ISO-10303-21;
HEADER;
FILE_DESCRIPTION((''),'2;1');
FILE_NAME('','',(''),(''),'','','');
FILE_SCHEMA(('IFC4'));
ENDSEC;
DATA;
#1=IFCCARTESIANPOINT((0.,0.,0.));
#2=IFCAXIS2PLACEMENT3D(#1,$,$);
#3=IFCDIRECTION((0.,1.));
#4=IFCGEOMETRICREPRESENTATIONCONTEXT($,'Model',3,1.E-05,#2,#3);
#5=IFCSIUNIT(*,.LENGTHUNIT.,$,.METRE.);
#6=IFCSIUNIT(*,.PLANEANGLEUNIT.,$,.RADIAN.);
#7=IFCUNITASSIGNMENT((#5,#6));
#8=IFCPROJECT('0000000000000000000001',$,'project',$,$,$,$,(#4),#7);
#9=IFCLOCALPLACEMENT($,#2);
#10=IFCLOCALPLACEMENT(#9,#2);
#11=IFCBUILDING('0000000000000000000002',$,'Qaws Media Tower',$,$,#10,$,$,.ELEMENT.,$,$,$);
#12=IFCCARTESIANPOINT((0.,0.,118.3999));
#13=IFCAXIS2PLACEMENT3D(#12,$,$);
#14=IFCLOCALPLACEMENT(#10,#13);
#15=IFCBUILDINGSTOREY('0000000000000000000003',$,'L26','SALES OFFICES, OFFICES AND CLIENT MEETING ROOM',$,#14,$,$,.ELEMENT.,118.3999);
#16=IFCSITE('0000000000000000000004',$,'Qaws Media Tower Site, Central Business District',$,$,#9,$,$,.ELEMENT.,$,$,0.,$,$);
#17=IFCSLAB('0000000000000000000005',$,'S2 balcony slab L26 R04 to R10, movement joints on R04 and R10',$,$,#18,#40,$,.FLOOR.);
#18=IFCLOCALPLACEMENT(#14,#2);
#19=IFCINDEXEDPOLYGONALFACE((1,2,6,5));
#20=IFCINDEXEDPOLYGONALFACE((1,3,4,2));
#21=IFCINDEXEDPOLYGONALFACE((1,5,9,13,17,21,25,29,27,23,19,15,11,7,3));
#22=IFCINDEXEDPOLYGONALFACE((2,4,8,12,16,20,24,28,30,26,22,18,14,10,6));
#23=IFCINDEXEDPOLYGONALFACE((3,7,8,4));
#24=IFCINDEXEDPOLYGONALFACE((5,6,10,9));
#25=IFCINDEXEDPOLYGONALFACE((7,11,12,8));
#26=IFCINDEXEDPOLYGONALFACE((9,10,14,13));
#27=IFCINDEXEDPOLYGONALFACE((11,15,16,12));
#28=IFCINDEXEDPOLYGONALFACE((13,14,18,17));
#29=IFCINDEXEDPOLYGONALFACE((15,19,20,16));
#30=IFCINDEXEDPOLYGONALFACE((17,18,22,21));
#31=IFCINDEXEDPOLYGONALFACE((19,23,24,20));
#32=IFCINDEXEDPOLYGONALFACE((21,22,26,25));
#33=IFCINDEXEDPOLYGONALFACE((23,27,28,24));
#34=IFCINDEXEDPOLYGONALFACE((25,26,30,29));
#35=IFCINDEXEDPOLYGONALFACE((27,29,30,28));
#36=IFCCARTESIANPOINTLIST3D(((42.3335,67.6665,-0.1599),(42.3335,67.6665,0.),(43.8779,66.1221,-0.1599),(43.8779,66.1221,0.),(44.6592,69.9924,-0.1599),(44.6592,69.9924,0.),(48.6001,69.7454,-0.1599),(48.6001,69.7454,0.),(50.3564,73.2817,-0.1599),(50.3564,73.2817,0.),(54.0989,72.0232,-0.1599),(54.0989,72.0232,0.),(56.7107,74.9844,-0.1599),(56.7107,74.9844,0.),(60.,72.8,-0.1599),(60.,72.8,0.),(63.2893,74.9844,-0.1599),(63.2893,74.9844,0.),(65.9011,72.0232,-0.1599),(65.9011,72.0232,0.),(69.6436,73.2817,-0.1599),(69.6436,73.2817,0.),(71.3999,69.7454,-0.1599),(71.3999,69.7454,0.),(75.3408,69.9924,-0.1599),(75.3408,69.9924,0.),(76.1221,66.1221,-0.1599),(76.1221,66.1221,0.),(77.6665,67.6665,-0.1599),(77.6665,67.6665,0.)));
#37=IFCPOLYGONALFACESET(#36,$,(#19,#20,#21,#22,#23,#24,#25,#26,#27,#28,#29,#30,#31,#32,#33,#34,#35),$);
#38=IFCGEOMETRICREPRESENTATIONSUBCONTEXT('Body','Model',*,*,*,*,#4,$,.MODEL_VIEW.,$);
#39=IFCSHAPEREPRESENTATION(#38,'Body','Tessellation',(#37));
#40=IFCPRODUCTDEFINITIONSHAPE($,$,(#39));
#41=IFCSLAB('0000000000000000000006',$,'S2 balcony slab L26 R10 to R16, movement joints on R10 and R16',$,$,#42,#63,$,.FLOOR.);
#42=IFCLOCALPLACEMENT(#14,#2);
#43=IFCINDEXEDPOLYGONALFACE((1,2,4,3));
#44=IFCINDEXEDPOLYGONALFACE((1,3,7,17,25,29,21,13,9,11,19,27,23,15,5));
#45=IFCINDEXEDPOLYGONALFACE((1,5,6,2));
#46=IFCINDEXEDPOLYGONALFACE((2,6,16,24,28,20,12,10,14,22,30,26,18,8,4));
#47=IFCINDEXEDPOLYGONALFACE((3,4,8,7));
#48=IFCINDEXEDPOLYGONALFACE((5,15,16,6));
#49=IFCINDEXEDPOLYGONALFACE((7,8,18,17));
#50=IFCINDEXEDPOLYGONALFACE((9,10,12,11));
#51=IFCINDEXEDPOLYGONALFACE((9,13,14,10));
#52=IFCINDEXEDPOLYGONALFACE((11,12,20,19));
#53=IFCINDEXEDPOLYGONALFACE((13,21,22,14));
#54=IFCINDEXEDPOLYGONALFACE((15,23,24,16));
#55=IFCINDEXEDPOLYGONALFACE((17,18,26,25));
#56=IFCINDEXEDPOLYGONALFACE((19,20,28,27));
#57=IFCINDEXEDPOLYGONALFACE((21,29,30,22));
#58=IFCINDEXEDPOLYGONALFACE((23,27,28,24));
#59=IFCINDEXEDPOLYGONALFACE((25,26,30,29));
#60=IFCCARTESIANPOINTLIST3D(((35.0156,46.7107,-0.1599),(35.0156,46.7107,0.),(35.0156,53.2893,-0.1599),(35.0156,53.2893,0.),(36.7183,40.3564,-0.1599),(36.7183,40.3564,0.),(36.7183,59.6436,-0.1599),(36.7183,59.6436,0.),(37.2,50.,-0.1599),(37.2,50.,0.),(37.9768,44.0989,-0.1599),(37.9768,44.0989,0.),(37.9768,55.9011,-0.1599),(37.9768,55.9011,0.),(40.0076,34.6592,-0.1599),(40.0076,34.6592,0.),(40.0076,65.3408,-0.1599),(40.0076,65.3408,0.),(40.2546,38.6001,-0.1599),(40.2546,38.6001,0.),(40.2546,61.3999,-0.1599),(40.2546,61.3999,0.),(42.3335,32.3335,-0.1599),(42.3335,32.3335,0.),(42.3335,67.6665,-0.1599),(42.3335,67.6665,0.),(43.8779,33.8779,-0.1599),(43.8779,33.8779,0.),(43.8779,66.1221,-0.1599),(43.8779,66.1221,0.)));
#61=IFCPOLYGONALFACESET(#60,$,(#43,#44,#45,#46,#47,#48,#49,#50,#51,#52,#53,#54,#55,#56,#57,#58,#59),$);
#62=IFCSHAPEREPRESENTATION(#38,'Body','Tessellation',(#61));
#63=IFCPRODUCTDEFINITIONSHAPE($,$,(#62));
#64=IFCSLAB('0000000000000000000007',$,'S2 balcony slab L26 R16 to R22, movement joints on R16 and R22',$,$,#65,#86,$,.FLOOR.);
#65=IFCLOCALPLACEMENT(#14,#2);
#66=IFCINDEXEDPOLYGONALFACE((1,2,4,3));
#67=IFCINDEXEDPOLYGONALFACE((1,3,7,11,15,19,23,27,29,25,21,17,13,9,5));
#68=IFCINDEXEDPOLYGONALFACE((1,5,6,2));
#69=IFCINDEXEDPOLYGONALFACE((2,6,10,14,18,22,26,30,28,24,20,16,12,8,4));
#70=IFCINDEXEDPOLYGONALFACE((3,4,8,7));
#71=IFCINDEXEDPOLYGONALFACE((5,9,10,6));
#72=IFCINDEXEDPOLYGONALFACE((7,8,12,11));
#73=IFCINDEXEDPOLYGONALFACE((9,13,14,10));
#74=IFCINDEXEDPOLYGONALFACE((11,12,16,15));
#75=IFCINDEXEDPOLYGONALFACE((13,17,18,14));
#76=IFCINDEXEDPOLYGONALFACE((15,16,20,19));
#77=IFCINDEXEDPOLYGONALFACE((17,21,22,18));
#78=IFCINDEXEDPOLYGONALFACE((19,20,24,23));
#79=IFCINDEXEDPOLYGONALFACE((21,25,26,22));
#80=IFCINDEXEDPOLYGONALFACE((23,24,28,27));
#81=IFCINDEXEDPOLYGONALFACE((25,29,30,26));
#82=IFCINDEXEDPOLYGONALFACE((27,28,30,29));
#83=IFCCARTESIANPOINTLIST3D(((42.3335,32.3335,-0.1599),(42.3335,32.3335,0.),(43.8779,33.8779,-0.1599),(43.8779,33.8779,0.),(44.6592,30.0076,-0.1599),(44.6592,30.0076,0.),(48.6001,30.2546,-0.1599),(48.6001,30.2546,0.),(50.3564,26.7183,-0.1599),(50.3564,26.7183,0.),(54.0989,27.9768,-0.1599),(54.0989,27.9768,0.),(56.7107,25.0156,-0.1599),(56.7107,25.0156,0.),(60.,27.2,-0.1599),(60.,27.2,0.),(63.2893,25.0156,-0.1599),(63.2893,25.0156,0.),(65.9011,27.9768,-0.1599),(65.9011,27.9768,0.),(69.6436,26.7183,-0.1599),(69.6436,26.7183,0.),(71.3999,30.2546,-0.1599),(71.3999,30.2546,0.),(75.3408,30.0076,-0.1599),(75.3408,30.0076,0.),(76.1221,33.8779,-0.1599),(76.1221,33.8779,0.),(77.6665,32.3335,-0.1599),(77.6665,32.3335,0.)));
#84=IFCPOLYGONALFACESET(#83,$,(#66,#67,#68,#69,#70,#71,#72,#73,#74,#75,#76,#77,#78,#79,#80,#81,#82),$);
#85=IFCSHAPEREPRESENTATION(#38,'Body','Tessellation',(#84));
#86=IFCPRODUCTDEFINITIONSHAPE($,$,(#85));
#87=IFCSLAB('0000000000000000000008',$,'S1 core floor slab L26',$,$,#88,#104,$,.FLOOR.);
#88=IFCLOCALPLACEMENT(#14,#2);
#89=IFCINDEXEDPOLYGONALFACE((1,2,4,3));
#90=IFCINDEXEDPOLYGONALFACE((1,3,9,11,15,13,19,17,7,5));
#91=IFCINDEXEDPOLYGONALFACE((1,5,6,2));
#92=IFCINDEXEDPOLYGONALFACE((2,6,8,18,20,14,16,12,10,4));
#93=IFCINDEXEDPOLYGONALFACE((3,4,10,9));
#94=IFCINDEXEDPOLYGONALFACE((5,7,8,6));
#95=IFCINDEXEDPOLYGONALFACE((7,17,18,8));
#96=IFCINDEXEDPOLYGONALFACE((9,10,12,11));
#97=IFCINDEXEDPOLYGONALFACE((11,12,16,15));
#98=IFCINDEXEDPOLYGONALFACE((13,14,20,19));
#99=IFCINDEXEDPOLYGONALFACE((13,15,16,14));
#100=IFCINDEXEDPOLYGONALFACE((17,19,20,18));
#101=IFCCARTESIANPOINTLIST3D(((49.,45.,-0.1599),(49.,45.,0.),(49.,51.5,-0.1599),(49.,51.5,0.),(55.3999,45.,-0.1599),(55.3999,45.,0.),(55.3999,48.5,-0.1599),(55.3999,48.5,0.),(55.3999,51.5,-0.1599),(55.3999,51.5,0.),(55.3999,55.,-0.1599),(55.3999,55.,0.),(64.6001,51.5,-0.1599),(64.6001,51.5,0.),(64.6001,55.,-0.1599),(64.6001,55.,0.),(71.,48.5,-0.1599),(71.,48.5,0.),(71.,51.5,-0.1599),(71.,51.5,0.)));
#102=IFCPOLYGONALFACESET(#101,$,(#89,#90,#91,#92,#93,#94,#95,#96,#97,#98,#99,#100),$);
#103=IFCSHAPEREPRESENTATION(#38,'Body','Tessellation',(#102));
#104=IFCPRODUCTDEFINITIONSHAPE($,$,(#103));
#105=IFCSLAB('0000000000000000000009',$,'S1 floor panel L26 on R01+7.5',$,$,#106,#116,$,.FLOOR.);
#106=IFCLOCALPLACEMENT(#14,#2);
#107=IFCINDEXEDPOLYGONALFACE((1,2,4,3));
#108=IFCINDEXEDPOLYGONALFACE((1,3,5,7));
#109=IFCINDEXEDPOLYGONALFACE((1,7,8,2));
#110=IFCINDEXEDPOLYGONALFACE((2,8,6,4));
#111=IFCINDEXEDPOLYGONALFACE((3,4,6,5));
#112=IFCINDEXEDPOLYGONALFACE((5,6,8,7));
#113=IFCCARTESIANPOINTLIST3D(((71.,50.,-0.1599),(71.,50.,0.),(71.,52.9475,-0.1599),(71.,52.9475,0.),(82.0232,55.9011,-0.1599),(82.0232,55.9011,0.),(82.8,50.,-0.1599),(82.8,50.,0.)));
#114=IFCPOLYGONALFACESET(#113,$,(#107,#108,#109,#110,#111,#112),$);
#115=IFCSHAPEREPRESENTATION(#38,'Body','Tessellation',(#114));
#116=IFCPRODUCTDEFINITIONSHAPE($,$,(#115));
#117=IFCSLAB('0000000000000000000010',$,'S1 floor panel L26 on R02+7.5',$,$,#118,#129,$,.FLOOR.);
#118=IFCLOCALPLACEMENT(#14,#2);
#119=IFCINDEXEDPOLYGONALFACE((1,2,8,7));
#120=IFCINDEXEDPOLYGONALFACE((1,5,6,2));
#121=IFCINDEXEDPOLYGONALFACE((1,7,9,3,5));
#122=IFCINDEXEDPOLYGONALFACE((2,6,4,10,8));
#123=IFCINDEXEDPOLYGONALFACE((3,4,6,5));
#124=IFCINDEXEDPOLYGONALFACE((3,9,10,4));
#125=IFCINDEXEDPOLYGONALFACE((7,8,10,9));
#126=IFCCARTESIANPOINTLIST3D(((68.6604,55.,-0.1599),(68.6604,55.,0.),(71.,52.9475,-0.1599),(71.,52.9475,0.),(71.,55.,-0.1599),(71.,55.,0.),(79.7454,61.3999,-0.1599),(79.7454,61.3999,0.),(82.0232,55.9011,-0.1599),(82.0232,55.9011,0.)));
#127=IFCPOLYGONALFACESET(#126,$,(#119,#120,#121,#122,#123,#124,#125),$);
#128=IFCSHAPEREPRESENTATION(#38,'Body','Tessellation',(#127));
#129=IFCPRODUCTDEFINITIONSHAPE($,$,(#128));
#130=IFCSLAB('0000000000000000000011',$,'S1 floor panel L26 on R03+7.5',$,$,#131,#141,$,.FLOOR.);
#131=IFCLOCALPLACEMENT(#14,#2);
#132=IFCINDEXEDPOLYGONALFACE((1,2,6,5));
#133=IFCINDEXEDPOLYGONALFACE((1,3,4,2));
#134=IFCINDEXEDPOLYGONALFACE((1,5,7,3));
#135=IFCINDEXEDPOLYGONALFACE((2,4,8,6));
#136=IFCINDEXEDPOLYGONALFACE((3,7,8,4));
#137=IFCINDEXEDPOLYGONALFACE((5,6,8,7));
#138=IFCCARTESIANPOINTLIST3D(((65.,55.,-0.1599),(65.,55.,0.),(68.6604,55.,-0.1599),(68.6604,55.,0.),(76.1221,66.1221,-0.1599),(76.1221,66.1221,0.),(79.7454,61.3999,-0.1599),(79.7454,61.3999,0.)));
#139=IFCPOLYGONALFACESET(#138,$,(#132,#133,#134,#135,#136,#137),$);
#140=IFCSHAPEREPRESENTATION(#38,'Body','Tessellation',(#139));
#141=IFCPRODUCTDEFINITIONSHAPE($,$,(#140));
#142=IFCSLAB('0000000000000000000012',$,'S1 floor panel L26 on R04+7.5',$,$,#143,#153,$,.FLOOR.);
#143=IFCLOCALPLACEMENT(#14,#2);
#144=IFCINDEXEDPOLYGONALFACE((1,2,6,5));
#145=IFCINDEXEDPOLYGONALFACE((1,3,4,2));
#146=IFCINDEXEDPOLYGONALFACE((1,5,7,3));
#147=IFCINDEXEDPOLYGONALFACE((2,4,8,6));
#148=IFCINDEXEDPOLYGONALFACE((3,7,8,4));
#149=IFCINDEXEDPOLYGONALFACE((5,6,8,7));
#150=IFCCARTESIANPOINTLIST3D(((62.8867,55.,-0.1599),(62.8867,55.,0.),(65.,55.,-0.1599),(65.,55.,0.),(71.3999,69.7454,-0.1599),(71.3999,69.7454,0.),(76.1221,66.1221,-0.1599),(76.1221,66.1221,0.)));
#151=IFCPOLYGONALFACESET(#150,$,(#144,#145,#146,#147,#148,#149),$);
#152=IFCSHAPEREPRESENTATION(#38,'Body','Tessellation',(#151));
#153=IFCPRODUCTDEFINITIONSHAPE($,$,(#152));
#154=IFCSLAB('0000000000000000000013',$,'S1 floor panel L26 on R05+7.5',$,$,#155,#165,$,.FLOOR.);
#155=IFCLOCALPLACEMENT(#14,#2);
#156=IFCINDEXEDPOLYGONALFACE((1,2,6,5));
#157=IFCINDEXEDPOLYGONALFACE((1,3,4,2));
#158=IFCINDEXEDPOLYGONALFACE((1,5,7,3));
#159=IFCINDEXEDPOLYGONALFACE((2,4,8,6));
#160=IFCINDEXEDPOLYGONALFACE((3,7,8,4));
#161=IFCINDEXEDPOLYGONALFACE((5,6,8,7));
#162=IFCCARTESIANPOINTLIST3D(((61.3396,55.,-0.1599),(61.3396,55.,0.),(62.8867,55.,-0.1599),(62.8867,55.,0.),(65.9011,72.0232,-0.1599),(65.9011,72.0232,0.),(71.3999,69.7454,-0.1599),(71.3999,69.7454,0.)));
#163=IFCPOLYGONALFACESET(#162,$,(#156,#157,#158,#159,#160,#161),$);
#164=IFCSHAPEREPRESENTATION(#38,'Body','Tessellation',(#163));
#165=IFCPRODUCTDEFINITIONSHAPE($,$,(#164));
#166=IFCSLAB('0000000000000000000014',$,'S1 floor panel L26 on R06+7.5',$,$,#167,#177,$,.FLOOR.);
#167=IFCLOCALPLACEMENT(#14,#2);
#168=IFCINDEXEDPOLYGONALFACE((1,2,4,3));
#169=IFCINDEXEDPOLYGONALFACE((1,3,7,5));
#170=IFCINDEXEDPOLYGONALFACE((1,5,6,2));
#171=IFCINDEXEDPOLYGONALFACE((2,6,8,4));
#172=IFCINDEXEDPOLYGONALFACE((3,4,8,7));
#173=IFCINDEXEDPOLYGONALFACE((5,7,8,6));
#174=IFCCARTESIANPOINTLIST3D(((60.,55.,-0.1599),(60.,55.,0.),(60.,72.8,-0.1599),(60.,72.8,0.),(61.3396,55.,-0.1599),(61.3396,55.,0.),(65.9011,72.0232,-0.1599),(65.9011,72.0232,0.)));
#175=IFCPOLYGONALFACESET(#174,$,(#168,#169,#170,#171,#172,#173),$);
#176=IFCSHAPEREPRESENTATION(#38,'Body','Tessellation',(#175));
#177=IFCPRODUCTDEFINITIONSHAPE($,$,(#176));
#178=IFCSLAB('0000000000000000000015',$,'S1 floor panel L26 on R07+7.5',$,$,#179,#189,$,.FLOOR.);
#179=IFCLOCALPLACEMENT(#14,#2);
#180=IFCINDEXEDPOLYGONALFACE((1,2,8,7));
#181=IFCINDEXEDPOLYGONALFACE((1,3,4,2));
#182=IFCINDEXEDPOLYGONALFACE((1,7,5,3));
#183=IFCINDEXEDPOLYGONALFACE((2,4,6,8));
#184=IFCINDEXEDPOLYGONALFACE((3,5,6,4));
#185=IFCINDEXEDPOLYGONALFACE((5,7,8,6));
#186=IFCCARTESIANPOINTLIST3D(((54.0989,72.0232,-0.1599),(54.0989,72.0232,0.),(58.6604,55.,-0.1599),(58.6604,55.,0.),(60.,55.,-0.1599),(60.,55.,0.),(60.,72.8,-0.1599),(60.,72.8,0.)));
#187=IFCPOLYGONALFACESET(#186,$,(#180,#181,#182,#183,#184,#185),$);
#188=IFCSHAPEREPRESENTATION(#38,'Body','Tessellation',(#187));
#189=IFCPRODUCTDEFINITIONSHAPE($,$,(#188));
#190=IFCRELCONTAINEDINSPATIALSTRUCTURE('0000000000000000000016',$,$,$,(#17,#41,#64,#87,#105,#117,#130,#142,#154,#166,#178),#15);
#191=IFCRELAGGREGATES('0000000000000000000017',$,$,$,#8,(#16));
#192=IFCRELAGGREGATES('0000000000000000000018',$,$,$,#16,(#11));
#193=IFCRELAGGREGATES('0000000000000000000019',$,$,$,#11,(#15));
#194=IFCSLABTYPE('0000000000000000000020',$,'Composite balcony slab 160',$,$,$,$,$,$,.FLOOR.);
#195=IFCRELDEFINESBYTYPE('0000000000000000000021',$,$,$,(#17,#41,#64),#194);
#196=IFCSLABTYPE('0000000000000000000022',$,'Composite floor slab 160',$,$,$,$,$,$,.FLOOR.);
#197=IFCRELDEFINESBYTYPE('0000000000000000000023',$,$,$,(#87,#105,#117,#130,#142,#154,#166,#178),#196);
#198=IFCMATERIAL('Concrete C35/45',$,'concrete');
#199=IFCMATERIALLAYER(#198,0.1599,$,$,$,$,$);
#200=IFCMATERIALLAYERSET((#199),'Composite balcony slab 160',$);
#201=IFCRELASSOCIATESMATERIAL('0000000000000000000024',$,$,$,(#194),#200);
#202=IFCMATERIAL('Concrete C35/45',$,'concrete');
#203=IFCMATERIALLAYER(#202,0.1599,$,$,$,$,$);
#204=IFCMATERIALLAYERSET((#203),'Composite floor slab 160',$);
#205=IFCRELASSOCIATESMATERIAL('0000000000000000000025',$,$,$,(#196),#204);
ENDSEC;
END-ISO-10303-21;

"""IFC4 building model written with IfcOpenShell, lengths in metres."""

from ifc_helpers import new_model, si_unit, direction, frame, origin, place, context, subcontext, project, spatial, polyline, outline, extrude, material, layer, layer_set, type_object, element, save


model = new_model("IFC4")

# Units and contexts
model_context = context("Model", 3, precision=1e-05, world=origin(), true_north=direction((0.0, 1.0)))
body_context = subcontext(model_context, "Body", "Model", "MODEL_VIEW")
ifc_project = project(units=[si_unit("LENGTHUNIT", "METRE"), si_unit("PLANEANGLEUNIT", "RADIAN")], contexts=[model_context])

# Site, building, storey
site_placement = place(None, origin())
site = spatial("IfcSite", under=ifc_project, at=site_placement, Name="Qaws Media Tower Site, Central Business District", CompositionType="ELEMENT", RefElevation=0.0)
building_placement = place(site_placement, origin())
building = spatial("IfcBuilding", under=site, at=building_placement, Name="Qaws Media Tower", CompositionType="ELEMENT")
storey_placement = place(building_placement, frame((0.0, 0.0, 118.3999)))
storey = spatial("IfcBuildingStorey", under=building, at=storey_placement, Name="L26", Description="SALES OFFICES, OFFICES AND CLIENT MEETING ROOM", CompositionType="ELEMENT", Elevation=118.3999)

# Slabs
ifc_material_1 = material(Name="Concrete C35/45", Category="concrete")
ifc_layer_1 = layer(ifc_material_1, 0.1599)
ifc_layer_set_1 = layer_set([ifc_layer_1], Name="Composite balcony slab 160")
slab_type_1 = type_object("IfcSlabType", Name="Composite balcony slab 160", PredefinedType="FLOOR", material=ifc_layer_set_1)
slab_1_placement = place(storey_placement, frame((0.0, 0.0, -0.1599)))
element("IfcSlab", 1, at=slab_1_placement, inside=storey, type_object=slab_type_1, Name="S2 balcony slab L26 R04 to R10, movement joints on R04 and R10", PredefinedType="FLOOR", context=body_context, shape_type="SweptSolid", body=[
    extrude(outline(polyline([(44.6592, 69.9924), (50.3564, 73.2817), (56.7107, 74.9844), (63.2893, 74.9844), (69.6436, 73.2817), (75.3408, 69.9924), (77.6665, 67.6665), (76.1221, 66.1221), (71.3999, 69.7454), (65.9011, 72.0232), (60.0, 72.8), (54.0989, 72.0232), (48.6001, 69.7454), (43.8779, 66.1221), (42.3335, 67.6665), (44.6592, 69.9924)])), origin(), (0.0, 0.0, 1.0), 0.1599),
])
slab_2_placement = place(storey_placement, frame((0.0, 0.0, -0.1599)))
element("IfcSlab", 2, at=slab_2_placement, inside=storey, type_object=slab_type_1, Name="S2 balcony slab L26 R10 to R16, movement joints on R10 and R16", PredefinedType="FLOOR", context=body_context, shape_type="SweptSolid", body=[
    extrude(outline(polyline([(40.0076, 34.6592), (36.7183, 40.3564), (35.0156, 46.7107), (35.0156, 53.2893), (36.7183, 59.6436), (40.0076, 65.3408), (42.3335, 67.6665), (43.8779, 66.1221), (40.2546, 61.3999), (37.9768, 55.9011), (37.2, 50.0), (37.9768, 44.0989), (40.2546, 38.6001), (43.8779, 33.8779), (42.3335, 32.3335), (40.0076, 34.6592)])), origin(), (0.0, 0.0, 1.0), 0.1599),
])
slab_3_placement = place(storey_placement, frame((0.0, 0.0, -0.1599)))
element("IfcSlab", 3, at=slab_3_placement, inside=storey, type_object=slab_type_1, Name="S2 balcony slab L26 R16 to R22, movement joints on R16 and R22", PredefinedType="FLOOR", context=body_context, shape_type="SweptSolid", body=[
    extrude(outline(polyline([(75.3408, 30.0076), (69.6436, 26.7183), (63.2893, 25.0156), (56.7107, 25.0156), (50.3564, 26.7183), (44.6592, 30.0076), (42.3335, 32.3335), (43.8779, 33.8779), (48.6001, 30.2546), (54.0989, 27.9768), (60.0, 27.2), (65.9011, 27.9768), (71.3999, 30.2546), (76.1221, 33.8779), (77.6665, 32.3335), (75.3408, 30.0076)])), origin(), (0.0, 0.0, 1.0), 0.1599),
])
ifc_material_2 = material(Name="Concrete C35/45", Category="concrete")
ifc_layer_2 = layer(ifc_material_2, 0.1599)
ifc_layer_set_2 = layer_set([ifc_layer_2], Name="Composite floor slab 160")
slab_type_2 = type_object("IfcSlabType", Name="Composite floor slab 160", PredefinedType="FLOOR", material=ifc_layer_set_2)
slab_4_placement = place(storey_placement, frame((0.0, 0.0, -0.1599)))
element("IfcSlab", 4, at=slab_4_placement, inside=storey, type_object=slab_type_2, Name="S1 core floor slab L26", PredefinedType="FLOOR", context=body_context, shape_type="SweptSolid", body=[
    extrude(outline(polyline([(71.0, 51.5), (71.0, 48.5), (55.3999, 48.5), (55.3999, 45.0), (49.0, 45.0), (49.0, 51.5), (55.3999, 51.5), (55.3999, 55.0), (64.6001, 55.0), (64.6001, 51.5), (71.0, 51.5)])), origin(), (0.0, 0.0, 1.0), 0.1599),
])
slab_5_placement = place(storey_placement, frame((0.0, 0.0, -0.1599)))
element("IfcSlab", 5, at=slab_5_placement, inside=storey, type_object=slab_type_2, Name="S1 floor panel L26 on R01+7.5", PredefinedType="FLOOR", context=body_context, shape_type="SweptSolid", body=[
    extrude(outline(polyline([(82.0232, 55.9011), (82.8, 50.0), (71.0, 50.0), (71.0, 52.9475), (82.0232, 55.9011)])), origin(), (0.0, 0.0, 1.0), 0.1599),
])
slab_6_placement = place(storey_placement, frame((0.0, 0.0, -0.1599)))
element("IfcSlab", 6, at=slab_6_placement, inside=storey, type_object=slab_type_2, Name="S1 floor panel L26 on R02+7.5", PredefinedType="FLOOR", context=body_context, shape_type="SweptSolid", body=[
    extrude(outline(polyline([(82.0232, 55.9011), (71.0, 52.9475), (71.0, 55.0), (68.6604, 55.0), (79.7454, 61.3999), (82.0232, 55.9011)])), origin(), (0.0, 0.0, 1.0), 0.1599),
])
slab_7_placement = place(storey_placement, frame((0.0, 0.0, -0.1599)))
element("IfcSlab", 7, at=slab_7_placement, inside=storey, type_object=slab_type_2, Name="S1 floor panel L26 on R03+7.5", PredefinedType="FLOOR", context=body_context, shape_type="SweptSolid", body=[
    extrude(outline(polyline([(79.7454, 61.3999), (68.6604, 55.0), (65.0, 55.0), (76.1221, 66.1221), (79.7454, 61.3999)])), origin(), (0.0, 0.0, 1.0), 0.1599),
])
slab_8_placement = place(storey_placement, frame((0.0, 0.0, -0.1599)))
element("IfcSlab", 8, at=slab_8_placement, inside=storey, type_object=slab_type_2, Name="S1 floor panel L26 on R04+7.5", PredefinedType="FLOOR", context=body_context, shape_type="SweptSolid", body=[
    extrude(outline(polyline([(71.3999, 69.7454), (76.1221, 66.1221), (65.0, 55.0), (62.8867, 55.0), (71.3999, 69.7454)])), origin(), (0.0, 0.0, 1.0), 0.1599),
])
slab_9_placement = place(storey_placement, frame((0.0, 0.0, -0.1599)))
element("IfcSlab", 9, at=slab_9_placement, inside=storey, type_object=slab_type_2, Name="S1 floor panel L26 on R05+7.5", PredefinedType="FLOOR", context=body_context, shape_type="SweptSolid", body=[
    extrude(outline(polyline([(71.3999, 69.7454), (62.8867, 55.0), (61.3396, 55.0), (65.9011, 72.0232), (71.3999, 69.7454)])), origin(), (0.0, 0.0, 1.0), 0.1599),
])
slab_10_placement = place(storey_placement, frame((0.0, 0.0, -0.1599)))
element("IfcSlab", 10, at=slab_10_placement, inside=storey, type_object=slab_type_2, Name="S1 floor panel L26 on R06+7.5", PredefinedType="FLOOR", context=body_context, shape_type="SweptSolid", body=[
    extrude(outline(polyline([(65.9011, 72.0232), (61.3396, 55.0), (60.0, 55.0), (60.0, 72.8), (65.9011, 72.0232)])), origin(), (0.0, 0.0, 1.0), 0.1599),
])
slab_11_placement = place(storey_placement, frame((0.0, 0.0, -0.1599)))
element("IfcSlab", 11, at=slab_11_placement, inside=storey, type_object=slab_type_2, Name="S1 floor panel L26 on R07+7.5", PredefinedType="FLOOR", context=body_context, shape_type="SweptSolid", body=[
    extrude(outline(polyline([(54.0989, 72.0232), (60.0, 72.8), (60.0, 55.0), (58.6604, 55.0), (54.0989, 72.0232)])), origin(), (0.0, 0.0, 1.0), 0.1599),
])

save(model, "model.ifc")
